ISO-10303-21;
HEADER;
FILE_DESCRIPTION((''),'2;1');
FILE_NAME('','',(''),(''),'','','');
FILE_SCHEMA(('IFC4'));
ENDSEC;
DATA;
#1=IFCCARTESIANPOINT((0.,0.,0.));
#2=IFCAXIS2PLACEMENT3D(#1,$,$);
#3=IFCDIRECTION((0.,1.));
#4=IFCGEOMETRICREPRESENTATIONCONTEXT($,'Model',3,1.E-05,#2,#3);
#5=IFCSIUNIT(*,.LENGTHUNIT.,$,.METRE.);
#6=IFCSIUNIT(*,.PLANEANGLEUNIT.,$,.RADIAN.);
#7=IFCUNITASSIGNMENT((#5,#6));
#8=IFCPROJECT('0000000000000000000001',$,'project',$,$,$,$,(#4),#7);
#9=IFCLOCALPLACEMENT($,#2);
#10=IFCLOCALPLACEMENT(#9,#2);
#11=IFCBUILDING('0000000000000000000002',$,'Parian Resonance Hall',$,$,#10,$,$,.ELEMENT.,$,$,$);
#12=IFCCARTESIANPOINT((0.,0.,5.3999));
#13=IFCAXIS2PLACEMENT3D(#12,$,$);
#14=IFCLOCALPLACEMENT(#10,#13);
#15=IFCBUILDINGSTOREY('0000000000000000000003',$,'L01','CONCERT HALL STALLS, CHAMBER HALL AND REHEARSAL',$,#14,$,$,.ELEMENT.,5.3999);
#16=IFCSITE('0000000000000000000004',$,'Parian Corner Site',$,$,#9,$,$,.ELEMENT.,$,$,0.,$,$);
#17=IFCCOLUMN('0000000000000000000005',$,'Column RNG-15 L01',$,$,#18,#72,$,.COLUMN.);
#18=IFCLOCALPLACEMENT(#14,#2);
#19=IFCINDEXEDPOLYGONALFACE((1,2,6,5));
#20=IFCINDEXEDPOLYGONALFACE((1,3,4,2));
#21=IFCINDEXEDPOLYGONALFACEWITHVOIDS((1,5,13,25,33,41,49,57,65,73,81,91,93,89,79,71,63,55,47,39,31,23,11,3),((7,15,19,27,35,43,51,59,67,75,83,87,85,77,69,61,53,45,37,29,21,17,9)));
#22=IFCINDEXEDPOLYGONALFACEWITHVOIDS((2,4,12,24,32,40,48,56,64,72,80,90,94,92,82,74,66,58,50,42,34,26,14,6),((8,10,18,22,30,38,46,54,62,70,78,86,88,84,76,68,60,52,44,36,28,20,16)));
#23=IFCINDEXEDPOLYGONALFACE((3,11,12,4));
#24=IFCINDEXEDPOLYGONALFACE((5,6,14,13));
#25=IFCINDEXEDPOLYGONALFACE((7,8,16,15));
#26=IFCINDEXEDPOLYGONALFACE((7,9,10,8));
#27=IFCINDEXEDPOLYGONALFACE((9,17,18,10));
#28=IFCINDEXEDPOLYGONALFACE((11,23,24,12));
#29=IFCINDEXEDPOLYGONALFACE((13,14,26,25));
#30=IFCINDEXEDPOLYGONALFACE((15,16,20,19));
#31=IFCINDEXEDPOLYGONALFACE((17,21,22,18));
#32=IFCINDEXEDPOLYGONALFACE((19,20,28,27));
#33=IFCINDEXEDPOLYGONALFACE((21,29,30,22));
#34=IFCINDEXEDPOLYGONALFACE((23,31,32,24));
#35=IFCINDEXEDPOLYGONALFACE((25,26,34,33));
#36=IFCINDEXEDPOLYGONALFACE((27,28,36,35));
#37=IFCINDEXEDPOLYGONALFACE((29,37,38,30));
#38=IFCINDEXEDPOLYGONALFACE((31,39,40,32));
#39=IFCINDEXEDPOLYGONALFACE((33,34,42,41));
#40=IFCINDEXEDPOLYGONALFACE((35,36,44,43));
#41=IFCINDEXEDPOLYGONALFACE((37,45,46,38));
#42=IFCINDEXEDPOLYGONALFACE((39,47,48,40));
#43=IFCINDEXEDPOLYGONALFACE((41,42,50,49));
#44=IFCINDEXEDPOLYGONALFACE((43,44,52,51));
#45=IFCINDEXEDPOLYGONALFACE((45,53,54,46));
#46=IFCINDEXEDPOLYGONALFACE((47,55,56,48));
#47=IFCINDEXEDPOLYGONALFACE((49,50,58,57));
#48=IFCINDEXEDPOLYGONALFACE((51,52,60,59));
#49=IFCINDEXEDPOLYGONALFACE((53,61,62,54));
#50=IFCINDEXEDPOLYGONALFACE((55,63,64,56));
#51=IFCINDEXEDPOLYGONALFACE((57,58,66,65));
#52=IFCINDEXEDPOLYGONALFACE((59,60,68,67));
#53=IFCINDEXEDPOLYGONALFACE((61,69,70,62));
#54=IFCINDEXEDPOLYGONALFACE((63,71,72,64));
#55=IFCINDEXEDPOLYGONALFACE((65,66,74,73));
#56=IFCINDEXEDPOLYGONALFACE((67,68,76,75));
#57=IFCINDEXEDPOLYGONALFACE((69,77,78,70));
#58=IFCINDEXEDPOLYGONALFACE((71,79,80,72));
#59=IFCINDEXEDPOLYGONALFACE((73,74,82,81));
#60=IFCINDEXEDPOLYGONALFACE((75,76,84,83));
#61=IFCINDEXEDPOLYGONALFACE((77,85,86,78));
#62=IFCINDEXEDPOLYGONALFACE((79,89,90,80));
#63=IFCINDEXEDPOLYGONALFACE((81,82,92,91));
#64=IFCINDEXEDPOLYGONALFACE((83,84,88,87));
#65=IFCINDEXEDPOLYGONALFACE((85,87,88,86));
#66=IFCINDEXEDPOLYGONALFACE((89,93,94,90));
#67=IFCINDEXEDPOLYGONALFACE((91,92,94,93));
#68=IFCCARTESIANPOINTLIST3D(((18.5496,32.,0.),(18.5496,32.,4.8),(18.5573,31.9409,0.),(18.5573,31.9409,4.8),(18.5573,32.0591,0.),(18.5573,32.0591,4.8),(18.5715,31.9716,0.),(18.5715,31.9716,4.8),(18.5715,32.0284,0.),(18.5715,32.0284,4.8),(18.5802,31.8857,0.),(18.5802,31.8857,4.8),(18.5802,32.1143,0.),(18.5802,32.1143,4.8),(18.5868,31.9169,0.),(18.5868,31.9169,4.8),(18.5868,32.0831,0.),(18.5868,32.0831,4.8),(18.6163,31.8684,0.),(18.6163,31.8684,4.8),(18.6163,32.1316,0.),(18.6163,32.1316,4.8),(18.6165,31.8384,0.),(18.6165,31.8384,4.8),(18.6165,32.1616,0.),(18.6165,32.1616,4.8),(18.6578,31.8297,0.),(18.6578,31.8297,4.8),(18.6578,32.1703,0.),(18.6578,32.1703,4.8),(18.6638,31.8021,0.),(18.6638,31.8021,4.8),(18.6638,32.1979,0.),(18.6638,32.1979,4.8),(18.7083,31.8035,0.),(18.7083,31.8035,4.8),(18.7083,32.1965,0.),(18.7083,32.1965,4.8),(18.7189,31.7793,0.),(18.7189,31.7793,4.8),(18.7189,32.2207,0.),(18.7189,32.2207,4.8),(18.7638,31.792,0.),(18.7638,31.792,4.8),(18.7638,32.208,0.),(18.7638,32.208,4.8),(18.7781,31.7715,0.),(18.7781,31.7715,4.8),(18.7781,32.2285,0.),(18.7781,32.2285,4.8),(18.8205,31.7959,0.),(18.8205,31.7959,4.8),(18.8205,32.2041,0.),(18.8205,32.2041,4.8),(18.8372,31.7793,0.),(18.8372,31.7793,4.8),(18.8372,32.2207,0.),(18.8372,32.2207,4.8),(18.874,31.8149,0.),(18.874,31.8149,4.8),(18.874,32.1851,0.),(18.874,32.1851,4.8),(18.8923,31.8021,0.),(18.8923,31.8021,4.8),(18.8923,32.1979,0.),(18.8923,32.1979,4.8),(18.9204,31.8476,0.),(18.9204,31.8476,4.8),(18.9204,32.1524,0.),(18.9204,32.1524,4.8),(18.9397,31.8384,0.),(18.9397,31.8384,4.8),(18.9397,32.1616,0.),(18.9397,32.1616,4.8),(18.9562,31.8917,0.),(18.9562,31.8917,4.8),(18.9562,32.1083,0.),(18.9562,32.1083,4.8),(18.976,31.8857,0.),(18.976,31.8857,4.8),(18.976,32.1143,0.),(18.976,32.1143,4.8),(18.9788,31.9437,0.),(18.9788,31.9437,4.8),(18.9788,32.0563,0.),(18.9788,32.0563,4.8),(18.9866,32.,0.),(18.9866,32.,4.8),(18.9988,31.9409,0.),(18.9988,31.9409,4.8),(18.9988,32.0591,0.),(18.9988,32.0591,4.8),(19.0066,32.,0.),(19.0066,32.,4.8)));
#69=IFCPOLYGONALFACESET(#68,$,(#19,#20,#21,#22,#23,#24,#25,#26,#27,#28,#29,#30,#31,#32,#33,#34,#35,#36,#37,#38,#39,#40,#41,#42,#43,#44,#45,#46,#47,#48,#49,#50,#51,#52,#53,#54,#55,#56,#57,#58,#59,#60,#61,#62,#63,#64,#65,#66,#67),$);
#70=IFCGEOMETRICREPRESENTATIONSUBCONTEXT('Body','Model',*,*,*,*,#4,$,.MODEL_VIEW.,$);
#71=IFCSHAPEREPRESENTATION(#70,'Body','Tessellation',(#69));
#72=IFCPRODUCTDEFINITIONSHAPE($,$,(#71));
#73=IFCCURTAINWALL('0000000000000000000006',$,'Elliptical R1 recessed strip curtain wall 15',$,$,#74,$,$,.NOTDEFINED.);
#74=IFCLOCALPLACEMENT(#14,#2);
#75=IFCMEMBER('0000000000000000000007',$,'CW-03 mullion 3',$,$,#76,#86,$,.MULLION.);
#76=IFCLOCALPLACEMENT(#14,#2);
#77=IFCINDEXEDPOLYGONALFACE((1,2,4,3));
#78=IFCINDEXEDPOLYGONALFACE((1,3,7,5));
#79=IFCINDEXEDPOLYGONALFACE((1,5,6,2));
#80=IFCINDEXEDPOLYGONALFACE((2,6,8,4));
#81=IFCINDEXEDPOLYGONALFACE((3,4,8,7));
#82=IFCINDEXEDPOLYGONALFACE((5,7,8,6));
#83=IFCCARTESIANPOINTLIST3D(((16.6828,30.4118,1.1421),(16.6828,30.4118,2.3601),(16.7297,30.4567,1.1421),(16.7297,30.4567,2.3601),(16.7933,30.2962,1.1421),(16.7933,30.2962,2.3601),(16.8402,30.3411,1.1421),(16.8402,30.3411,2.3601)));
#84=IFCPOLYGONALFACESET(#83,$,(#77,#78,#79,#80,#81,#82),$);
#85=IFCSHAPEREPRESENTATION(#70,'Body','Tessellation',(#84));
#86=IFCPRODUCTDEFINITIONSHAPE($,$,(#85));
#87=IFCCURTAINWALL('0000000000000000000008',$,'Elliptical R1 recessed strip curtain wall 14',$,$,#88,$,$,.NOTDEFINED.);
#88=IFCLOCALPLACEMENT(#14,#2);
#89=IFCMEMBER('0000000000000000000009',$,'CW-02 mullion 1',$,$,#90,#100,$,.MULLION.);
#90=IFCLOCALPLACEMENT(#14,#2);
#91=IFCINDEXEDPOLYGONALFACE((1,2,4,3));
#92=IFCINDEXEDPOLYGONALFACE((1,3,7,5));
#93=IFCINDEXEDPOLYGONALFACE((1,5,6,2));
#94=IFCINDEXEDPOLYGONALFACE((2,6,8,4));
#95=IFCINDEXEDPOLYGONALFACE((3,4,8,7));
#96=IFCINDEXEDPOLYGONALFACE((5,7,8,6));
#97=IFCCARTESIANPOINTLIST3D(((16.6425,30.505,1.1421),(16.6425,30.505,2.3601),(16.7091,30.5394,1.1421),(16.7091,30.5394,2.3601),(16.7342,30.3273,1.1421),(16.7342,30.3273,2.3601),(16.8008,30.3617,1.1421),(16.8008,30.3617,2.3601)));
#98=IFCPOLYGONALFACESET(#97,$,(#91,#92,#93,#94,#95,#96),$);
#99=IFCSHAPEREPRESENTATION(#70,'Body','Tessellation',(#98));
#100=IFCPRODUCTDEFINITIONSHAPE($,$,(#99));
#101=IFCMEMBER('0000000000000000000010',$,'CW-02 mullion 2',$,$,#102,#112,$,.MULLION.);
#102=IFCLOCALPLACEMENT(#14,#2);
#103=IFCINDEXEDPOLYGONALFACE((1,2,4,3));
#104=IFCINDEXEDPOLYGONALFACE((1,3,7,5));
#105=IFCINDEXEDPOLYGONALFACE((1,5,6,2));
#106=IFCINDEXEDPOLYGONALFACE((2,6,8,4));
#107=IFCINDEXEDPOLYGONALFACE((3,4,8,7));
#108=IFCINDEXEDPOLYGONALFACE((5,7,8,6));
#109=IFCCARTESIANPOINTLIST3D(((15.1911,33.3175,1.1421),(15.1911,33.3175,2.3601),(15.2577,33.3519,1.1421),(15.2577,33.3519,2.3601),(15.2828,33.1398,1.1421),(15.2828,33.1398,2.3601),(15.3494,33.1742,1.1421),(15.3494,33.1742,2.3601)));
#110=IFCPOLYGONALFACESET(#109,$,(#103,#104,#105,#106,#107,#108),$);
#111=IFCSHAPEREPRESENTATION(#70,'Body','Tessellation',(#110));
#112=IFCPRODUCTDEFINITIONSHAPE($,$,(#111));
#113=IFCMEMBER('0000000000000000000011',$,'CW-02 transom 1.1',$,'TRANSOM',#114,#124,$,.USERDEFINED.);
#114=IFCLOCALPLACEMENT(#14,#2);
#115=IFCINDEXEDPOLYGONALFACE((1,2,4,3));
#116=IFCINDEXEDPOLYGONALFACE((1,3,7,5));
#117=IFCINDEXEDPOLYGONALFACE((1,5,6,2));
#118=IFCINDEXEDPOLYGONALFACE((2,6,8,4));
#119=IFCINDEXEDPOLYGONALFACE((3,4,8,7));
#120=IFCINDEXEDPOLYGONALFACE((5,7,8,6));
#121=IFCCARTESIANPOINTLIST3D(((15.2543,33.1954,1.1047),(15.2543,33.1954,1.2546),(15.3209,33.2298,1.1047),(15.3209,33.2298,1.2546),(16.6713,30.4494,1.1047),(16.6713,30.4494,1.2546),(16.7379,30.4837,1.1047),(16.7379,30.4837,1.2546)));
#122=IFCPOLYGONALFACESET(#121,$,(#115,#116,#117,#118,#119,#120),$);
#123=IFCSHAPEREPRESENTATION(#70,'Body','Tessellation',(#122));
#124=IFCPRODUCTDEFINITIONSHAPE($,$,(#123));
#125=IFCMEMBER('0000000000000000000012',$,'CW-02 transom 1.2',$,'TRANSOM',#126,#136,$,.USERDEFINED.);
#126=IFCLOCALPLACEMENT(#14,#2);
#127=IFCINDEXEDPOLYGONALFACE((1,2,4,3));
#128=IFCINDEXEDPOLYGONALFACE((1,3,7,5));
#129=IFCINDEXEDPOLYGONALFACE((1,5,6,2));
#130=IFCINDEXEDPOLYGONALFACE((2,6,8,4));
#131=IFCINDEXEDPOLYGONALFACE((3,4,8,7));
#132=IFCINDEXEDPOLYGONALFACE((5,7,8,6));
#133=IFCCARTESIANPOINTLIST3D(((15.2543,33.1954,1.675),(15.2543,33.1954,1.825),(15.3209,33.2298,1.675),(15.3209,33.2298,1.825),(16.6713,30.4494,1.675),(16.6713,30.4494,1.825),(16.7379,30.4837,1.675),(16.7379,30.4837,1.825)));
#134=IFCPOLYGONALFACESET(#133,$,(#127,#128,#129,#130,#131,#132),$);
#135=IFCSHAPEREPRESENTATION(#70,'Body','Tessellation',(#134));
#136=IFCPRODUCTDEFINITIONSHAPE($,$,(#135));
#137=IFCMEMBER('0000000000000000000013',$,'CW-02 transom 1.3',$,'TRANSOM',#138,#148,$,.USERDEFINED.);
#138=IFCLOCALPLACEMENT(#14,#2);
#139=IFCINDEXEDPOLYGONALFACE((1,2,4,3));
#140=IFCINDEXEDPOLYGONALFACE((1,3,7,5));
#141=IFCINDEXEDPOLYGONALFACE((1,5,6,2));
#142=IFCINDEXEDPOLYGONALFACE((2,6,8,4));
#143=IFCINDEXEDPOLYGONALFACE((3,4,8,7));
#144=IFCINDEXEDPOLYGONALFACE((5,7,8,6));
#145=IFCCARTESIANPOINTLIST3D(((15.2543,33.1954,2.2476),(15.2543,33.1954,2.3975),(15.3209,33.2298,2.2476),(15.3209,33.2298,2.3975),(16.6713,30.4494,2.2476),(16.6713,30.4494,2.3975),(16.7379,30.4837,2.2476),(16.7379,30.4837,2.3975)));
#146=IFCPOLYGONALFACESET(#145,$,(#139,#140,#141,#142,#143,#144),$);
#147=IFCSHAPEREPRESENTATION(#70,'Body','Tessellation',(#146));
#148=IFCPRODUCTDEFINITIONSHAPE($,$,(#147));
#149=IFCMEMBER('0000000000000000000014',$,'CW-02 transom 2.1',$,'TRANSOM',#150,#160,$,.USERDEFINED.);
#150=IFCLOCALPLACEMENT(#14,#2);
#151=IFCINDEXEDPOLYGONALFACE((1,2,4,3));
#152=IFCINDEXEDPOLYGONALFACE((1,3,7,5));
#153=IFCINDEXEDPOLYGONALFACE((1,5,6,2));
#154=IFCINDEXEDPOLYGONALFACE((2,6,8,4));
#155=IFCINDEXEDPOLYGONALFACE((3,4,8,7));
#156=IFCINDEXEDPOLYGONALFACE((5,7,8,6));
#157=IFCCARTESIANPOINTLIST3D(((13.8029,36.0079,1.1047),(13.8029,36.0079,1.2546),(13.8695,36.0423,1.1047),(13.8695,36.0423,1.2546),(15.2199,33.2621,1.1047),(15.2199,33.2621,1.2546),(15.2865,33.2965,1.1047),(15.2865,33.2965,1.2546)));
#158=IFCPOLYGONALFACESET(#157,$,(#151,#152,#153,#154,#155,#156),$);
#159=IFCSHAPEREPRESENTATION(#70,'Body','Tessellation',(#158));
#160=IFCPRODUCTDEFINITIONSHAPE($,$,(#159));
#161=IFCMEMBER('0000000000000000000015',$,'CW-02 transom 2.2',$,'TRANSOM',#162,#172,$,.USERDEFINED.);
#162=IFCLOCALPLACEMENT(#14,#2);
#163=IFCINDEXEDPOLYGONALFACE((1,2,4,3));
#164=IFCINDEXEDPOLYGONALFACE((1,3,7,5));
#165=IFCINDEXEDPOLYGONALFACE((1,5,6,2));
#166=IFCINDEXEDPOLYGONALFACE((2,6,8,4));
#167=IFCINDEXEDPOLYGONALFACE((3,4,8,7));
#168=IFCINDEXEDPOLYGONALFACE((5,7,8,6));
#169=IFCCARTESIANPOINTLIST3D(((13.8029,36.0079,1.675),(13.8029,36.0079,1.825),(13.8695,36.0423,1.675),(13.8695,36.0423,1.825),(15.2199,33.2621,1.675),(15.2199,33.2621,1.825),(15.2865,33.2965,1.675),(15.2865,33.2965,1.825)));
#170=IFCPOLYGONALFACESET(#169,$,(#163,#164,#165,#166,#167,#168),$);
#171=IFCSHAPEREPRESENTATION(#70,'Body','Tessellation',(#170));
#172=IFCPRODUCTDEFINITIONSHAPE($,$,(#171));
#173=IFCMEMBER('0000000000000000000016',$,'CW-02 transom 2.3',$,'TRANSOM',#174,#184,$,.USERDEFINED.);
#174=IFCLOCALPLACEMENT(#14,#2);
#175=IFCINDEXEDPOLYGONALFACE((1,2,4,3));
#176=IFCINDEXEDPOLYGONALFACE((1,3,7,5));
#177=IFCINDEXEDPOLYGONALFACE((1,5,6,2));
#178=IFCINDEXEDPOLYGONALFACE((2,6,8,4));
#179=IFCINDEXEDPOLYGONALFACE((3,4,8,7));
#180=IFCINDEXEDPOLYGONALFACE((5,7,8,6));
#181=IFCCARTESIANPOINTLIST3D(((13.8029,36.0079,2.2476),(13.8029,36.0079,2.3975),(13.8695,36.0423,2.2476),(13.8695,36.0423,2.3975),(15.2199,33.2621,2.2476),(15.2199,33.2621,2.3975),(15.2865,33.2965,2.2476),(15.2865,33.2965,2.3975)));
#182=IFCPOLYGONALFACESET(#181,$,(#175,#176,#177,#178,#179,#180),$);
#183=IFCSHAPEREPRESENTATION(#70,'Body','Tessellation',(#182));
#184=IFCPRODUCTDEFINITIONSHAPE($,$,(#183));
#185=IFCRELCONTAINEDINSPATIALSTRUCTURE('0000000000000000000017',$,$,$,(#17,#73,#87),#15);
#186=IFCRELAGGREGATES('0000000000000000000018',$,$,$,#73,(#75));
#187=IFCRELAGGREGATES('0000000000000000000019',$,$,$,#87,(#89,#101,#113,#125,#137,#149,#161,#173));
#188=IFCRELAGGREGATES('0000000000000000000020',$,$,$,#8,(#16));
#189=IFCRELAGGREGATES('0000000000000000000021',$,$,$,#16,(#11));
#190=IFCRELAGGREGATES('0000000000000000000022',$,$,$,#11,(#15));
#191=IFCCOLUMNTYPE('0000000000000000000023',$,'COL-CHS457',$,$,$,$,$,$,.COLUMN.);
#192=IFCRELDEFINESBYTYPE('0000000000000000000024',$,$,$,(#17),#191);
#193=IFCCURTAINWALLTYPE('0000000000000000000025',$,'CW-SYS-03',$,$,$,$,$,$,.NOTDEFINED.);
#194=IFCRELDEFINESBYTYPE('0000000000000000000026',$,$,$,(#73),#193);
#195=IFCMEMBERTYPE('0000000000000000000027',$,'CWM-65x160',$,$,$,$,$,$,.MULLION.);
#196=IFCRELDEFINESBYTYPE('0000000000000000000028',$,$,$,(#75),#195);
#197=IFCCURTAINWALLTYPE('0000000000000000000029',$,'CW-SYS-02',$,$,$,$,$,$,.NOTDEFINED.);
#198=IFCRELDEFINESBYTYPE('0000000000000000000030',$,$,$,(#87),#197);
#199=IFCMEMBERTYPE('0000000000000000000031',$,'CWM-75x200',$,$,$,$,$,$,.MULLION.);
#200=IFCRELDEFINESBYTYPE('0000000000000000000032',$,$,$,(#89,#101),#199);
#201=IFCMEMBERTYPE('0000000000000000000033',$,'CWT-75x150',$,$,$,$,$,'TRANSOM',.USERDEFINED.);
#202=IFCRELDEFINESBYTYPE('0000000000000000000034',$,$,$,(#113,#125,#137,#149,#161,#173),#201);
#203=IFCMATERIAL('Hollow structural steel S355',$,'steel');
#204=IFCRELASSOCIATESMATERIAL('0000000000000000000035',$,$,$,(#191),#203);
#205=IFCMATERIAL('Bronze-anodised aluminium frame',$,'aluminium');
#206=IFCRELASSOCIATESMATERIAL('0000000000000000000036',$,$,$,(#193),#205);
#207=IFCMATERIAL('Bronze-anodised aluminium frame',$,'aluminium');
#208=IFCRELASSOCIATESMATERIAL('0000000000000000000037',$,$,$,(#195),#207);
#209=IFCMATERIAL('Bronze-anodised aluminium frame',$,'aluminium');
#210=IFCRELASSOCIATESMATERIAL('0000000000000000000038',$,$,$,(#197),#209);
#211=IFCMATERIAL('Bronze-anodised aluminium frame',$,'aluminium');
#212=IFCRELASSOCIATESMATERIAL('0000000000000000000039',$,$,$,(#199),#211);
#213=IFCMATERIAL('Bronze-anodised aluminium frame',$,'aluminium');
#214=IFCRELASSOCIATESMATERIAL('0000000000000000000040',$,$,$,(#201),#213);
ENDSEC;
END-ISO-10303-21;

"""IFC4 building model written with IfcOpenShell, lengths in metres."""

from ifc_helpers import new_model, si_unit, direction, frame, origin, origin_2d, place, context, subcontext, project, spatial, rectangle, hollow_circle, extrude, material, material_profile, profile_set, type_object, element, aggregate, save


model = new_model("IFC4")

# Units and contexts
model_context = context("Model", 3, precision=1e-05, world=origin(), true_north=direction((0.0, 1.0)))
body_context = subcontext(model_context, "Body", "Model", "MODEL_VIEW")
ifc_project = project(units=[si_unit("LENGTHUNIT", "METRE"), si_unit("PLANEANGLEUNIT", "RADIAN")], contexts=[model_context])

# Site, building, storey
site_placement = place(None, origin())
site = spatial("IfcSite", under=ifc_project, at=site_placement, Name="Parian Corner Site", CompositionType="ELEMENT", RefElevation=0.0)
building_placement = place(site_placement, origin())
building = spatial("IfcBuilding", under=site, at=building_placement, Name="Parian Resonance Hall", CompositionType="ELEMENT")
storey_placement = place(building_placement, frame((0.0, 0.0, 5.3999)))
storey = spatial("IfcBuildingStorey", under=building, at=storey_placement, Name="L01", Description="CONCERT HALL STALLS, CHAMBER HALL AND REHEARSAL", CompositionType="ELEMENT", Elevation=5.3999)

# Column
ifc_material_1 = material(Name="Hollow structural steel S355", Category="steel")
ifc_material_profile_1 = material_profile(ifc_material_1, hollow_circle(Radius=0.2285, WallThickness=0.02, at=origin_2d()), Name="CHS457x20")
ifc_profile_set_1 = profile_set([ifc_material_profile_1], Name="Hollow structural steel S355")
column_type = type_object("IfcColumnType", Name="COL-CHS457", PredefinedType="COLUMN", material=ifc_profile_set_1)
column_placement = place(storey_placement, frame((18.7781, 32.0, 0.0), z_axis=(0.0, 0.0, 1.0), x_axis=(1.0, 0.0, 0.0)))
element("IfcColumn", 1, at=column_placement, inside=storey, type_object=column_type, Name="Column RNG-15 L01", PredefinedType="COLUMN", context=body_context, shape_type="SweptSolid", body=[
    extrude(hollow_circle(Radius=0.2285, WallThickness=0.02, at=origin_2d()), origin(), (0.0, 0.0, 1.0), 4.8),
])

# Curtain wall, member
ifc_material_2 = material(Name="Bronze-anodised aluminium frame", Category="aluminium")
curtain_wall_type_1 = type_object("IfcCurtainWallType", Name="CW-SYS-03", PredefinedType="NOTDEFINED", material=ifc_material_2)
curtain_wall_1_placement = place(storey_placement, origin())
curtain_wall_1 = element("IfcCurtainWall", 2, at=curtain_wall_1_placement, inside=storey, type_object=curtain_wall_type_1, Name="Elliptical R1 recessed strip curtain wall 15", PredefinedType="NOTDEFINED")
ifc_material_3 = material(Name="Bronze-anodised aluminium frame", Category="aluminium")
ifc_material_profile_2 = material_profile(ifc_material_3, rectangle(XDim=0.0649, YDim=0.1599, at=origin_2d()), Name="CWM-65x160")
ifc_profile_set_2 = profile_set([ifc_material_profile_2], Name="Bronze-anodised aluminium frame")
member_type_1 = type_object("IfcMemberType", Name="CWM-65x160", PredefinedType="MULLION", material=ifc_profile_set_2)
member_1_placement = place(storey_placement, frame((16.7615, 30.3765, 1.1421), z_axis=(0.0, 0.0, 1.0), x_axis=(-0.722863, -0.690992, 0.0)))
member_1 = element("IfcMember", 3, at=member_1_placement, type_object=member_type_1, Name="CW-03 mullion 3", PredefinedType="MULLION", context=body_context, shape_type="SweptSolid", body=[
    extrude(rectangle(XDim=0.0649, YDim=0.1599, at=origin_2d()), origin(), (0.0, 0.0, 1.0), 1.218),
])

# Curtain wall, members
ifc_material_4 = material(Name="Bronze-anodised aluminium frame", Category="aluminium")
curtain_wall_type_2 = type_object("IfcCurtainWallType", Name="CW-SYS-02", PredefinedType="NOTDEFINED", material=ifc_material_4)
curtain_wall_2_placement = place(storey_placement, origin())
curtain_wall_2 = element("IfcCurtainWall", 4, at=curtain_wall_2_placement, inside=storey, type_object=curtain_wall_type_2, Name="Elliptical R1 recessed strip curtain wall 14", PredefinedType="NOTDEFINED")
ifc_material_5 = material(Name="Bronze-anodised aluminium frame", Category="aluminium")
ifc_material_profile_3 = material_profile(ifc_material_5, rectangle(XDim=0.075, YDim=0.2, at=origin_2d()), Name="CWM-75x200")
ifc_profile_set_3 = profile_set([ifc_material_profile_3], Name="Bronze-anodised aluminium frame")
member_type_2 = type_object("IfcMemberType", Name="CWM-75x200", PredefinedType="MULLION", material=ifc_profile_set_3)
member_2_placement = place(storey_placement, frame((16.7217, 30.4333, 1.1421), z_axis=(0.0, 0.0, 1.0), x_axis=(-0.888662, -0.458562, 0.0)))
member_2 = element("IfcMember", 5, at=member_2_placement, type_object=member_type_2, Name="CW-02 mullion 1", PredefinedType="MULLION", context=body_context, shape_type="SweptSolid", body=[
    extrude(rectangle(XDim=0.075, YDim=0.2, at=origin_2d()), origin(), (0.0, 0.0, 1.0), 1.218),
])
member_3_placement = place(storey_placement, frame((15.2703, 33.2458, 1.1421), z_axis=(0.0, 0.0, 1.0), x_axis=(-0.888662, -0.458562, 0.0)))
member_3 = element("IfcMember", 6, at=member_3_placement, type_object=member_type_2, Name="CW-02 mullion 2", PredefinedType="MULLION", context=body_context, shape_type="SweptSolid", body=[
    extrude(rectangle(XDim=0.075, YDim=0.2, at=origin_2d()), origin(), (0.0, 0.0, 1.0), 1.218),
])
ifc_material_6 = material(Name="Bronze-anodised aluminium frame", Category="aluminium")
ifc_material_profile_4 = material_profile(ifc_material_6, rectangle(XDim=0.075, YDim=0.1499, at=origin_2d()), Name="CWT-75x150")
ifc_profile_set_4 = profile_set([ifc_material_profile_4], Name="Bronze-anodised aluminium frame")
member_type_3 = type_object("IfcMemberType", Name="CWT-75x150", ElementType="TRANSOM", PredefinedType="USERDEFINED", material=ifc_profile_set_4)
member_4_placement = place(storey_placement, frame((16.7046, 30.4666, 1.1797), z_axis=(-0.458554, 0.888666, 0.0), x_axis=(-0.888666, -0.458554, 0.0)))
member_4 = element("IfcMember", 7, at=member_4_placement, type_object=member_type_3, Name="CW-02 transom 1.1", ObjectType="TRANSOM", PredefinedType="USERDEFINED", context=body_context, shape_type="SweptSolid", body=[
    extrude(rectangle(XDim=0.075, YDim=0.1499, at=origin_2d()), origin(), (0.0, 0.0, 1.0), 3.0901),
])
member_5_placement = place(storey_placement, frame((16.7046, 30.4666, 1.75), z_axis=(-0.458554, 0.888666, 0.0), x_axis=(-0.888666, -0.458554, 0.0)))
member_5 = element("IfcMember", 8, at=member_5_placement, type_object=member_type_3, Name="CW-02 transom 1.2", ObjectType="TRANSOM", PredefinedType="USERDEFINED", context=body_context, shape_type="SweptSolid", body=[
    extrude(rectangle(XDim=0.075, YDim=0.1499, at=origin_2d()), origin(), (0.0, 0.0, 1.0), 3.0901),
])
member_6_placement = place(storey_placement, frame((16.7046, 30.4666, 2.3225), z_axis=(-0.458554, 0.888666, 0.0), x_axis=(-0.888666, -0.458554, 0.0)))
member_6 = element("IfcMember", 9, at=member_6_placement, type_object=member_type_3, Name="CW-02 transom 1.3", ObjectType="TRANSOM", PredefinedType="USERDEFINED", context=body_context, shape_type="SweptSolid", body=[
    extrude(rectangle(XDim=0.075, YDim=0.1499, at=origin_2d()), origin(), (0.0, 0.0, 1.0), 3.0901),
])
member_7_placement = place(storey_placement, frame((15.2532, 33.2793, 1.1797), z_axis=(-0.458587, 0.88865, 0.0), x_axis=(-0.88865, -0.458587, 0.0)))
member_7 = element("IfcMember", 10, at=member_7_placement, type_object=member_type_3, Name="CW-02 transom 2.1", ObjectType="TRANSOM", PredefinedType="USERDEFINED", context=body_context, shape_type="SweptSolid", body=[
    extrude(rectangle(XDim=0.075, YDim=0.1499, at=origin_2d()), origin(), (0.0, 0.0, 1.0), 3.0898),
])
member_8_placement = place(storey_placement, frame((15.2532, 33.2793, 1.75), z_axis=(-0.458587, 0.88865, 0.0), x_axis=(-0.88865, -0.458587, 0.0)))
member_8 = element("IfcMember", 11, at=member_8_placement, type_object=member_type_3, Name="CW-02 transom 2.2", ObjectType="TRANSOM", PredefinedType="USERDEFINED", context=body_context, shape_type="SweptSolid", body=[
    extrude(rectangle(XDim=0.075, YDim=0.1499, at=origin_2d()), origin(), (0.0, 0.0, 1.0), 3.0898),
])
member_9_placement = place(storey_placement, frame((15.2532, 33.2793, 2.3225), z_axis=(-0.458587, 0.88865, 0.0), x_axis=(-0.88865, -0.458587, 0.0)))
member_9 = element("IfcMember", 12, at=member_9_placement, type_object=member_type_3, Name="CW-02 transom 2.3", ObjectType="TRANSOM", PredefinedType="USERDEFINED", context=body_context, shape_type="SweptSolid", body=[
    extrude(rectangle(XDim=0.075, YDim=0.1499, at=origin_2d()), origin(), (0.0, 0.0, 1.0), 3.0898),
])

aggregate(curtain_wall_1, [member_1])
aggregate(curtain_wall_2, [member_2, member_3, member_4, member_5, member_6, member_7, member_8, member_9])

save(model, "model.ifc")
